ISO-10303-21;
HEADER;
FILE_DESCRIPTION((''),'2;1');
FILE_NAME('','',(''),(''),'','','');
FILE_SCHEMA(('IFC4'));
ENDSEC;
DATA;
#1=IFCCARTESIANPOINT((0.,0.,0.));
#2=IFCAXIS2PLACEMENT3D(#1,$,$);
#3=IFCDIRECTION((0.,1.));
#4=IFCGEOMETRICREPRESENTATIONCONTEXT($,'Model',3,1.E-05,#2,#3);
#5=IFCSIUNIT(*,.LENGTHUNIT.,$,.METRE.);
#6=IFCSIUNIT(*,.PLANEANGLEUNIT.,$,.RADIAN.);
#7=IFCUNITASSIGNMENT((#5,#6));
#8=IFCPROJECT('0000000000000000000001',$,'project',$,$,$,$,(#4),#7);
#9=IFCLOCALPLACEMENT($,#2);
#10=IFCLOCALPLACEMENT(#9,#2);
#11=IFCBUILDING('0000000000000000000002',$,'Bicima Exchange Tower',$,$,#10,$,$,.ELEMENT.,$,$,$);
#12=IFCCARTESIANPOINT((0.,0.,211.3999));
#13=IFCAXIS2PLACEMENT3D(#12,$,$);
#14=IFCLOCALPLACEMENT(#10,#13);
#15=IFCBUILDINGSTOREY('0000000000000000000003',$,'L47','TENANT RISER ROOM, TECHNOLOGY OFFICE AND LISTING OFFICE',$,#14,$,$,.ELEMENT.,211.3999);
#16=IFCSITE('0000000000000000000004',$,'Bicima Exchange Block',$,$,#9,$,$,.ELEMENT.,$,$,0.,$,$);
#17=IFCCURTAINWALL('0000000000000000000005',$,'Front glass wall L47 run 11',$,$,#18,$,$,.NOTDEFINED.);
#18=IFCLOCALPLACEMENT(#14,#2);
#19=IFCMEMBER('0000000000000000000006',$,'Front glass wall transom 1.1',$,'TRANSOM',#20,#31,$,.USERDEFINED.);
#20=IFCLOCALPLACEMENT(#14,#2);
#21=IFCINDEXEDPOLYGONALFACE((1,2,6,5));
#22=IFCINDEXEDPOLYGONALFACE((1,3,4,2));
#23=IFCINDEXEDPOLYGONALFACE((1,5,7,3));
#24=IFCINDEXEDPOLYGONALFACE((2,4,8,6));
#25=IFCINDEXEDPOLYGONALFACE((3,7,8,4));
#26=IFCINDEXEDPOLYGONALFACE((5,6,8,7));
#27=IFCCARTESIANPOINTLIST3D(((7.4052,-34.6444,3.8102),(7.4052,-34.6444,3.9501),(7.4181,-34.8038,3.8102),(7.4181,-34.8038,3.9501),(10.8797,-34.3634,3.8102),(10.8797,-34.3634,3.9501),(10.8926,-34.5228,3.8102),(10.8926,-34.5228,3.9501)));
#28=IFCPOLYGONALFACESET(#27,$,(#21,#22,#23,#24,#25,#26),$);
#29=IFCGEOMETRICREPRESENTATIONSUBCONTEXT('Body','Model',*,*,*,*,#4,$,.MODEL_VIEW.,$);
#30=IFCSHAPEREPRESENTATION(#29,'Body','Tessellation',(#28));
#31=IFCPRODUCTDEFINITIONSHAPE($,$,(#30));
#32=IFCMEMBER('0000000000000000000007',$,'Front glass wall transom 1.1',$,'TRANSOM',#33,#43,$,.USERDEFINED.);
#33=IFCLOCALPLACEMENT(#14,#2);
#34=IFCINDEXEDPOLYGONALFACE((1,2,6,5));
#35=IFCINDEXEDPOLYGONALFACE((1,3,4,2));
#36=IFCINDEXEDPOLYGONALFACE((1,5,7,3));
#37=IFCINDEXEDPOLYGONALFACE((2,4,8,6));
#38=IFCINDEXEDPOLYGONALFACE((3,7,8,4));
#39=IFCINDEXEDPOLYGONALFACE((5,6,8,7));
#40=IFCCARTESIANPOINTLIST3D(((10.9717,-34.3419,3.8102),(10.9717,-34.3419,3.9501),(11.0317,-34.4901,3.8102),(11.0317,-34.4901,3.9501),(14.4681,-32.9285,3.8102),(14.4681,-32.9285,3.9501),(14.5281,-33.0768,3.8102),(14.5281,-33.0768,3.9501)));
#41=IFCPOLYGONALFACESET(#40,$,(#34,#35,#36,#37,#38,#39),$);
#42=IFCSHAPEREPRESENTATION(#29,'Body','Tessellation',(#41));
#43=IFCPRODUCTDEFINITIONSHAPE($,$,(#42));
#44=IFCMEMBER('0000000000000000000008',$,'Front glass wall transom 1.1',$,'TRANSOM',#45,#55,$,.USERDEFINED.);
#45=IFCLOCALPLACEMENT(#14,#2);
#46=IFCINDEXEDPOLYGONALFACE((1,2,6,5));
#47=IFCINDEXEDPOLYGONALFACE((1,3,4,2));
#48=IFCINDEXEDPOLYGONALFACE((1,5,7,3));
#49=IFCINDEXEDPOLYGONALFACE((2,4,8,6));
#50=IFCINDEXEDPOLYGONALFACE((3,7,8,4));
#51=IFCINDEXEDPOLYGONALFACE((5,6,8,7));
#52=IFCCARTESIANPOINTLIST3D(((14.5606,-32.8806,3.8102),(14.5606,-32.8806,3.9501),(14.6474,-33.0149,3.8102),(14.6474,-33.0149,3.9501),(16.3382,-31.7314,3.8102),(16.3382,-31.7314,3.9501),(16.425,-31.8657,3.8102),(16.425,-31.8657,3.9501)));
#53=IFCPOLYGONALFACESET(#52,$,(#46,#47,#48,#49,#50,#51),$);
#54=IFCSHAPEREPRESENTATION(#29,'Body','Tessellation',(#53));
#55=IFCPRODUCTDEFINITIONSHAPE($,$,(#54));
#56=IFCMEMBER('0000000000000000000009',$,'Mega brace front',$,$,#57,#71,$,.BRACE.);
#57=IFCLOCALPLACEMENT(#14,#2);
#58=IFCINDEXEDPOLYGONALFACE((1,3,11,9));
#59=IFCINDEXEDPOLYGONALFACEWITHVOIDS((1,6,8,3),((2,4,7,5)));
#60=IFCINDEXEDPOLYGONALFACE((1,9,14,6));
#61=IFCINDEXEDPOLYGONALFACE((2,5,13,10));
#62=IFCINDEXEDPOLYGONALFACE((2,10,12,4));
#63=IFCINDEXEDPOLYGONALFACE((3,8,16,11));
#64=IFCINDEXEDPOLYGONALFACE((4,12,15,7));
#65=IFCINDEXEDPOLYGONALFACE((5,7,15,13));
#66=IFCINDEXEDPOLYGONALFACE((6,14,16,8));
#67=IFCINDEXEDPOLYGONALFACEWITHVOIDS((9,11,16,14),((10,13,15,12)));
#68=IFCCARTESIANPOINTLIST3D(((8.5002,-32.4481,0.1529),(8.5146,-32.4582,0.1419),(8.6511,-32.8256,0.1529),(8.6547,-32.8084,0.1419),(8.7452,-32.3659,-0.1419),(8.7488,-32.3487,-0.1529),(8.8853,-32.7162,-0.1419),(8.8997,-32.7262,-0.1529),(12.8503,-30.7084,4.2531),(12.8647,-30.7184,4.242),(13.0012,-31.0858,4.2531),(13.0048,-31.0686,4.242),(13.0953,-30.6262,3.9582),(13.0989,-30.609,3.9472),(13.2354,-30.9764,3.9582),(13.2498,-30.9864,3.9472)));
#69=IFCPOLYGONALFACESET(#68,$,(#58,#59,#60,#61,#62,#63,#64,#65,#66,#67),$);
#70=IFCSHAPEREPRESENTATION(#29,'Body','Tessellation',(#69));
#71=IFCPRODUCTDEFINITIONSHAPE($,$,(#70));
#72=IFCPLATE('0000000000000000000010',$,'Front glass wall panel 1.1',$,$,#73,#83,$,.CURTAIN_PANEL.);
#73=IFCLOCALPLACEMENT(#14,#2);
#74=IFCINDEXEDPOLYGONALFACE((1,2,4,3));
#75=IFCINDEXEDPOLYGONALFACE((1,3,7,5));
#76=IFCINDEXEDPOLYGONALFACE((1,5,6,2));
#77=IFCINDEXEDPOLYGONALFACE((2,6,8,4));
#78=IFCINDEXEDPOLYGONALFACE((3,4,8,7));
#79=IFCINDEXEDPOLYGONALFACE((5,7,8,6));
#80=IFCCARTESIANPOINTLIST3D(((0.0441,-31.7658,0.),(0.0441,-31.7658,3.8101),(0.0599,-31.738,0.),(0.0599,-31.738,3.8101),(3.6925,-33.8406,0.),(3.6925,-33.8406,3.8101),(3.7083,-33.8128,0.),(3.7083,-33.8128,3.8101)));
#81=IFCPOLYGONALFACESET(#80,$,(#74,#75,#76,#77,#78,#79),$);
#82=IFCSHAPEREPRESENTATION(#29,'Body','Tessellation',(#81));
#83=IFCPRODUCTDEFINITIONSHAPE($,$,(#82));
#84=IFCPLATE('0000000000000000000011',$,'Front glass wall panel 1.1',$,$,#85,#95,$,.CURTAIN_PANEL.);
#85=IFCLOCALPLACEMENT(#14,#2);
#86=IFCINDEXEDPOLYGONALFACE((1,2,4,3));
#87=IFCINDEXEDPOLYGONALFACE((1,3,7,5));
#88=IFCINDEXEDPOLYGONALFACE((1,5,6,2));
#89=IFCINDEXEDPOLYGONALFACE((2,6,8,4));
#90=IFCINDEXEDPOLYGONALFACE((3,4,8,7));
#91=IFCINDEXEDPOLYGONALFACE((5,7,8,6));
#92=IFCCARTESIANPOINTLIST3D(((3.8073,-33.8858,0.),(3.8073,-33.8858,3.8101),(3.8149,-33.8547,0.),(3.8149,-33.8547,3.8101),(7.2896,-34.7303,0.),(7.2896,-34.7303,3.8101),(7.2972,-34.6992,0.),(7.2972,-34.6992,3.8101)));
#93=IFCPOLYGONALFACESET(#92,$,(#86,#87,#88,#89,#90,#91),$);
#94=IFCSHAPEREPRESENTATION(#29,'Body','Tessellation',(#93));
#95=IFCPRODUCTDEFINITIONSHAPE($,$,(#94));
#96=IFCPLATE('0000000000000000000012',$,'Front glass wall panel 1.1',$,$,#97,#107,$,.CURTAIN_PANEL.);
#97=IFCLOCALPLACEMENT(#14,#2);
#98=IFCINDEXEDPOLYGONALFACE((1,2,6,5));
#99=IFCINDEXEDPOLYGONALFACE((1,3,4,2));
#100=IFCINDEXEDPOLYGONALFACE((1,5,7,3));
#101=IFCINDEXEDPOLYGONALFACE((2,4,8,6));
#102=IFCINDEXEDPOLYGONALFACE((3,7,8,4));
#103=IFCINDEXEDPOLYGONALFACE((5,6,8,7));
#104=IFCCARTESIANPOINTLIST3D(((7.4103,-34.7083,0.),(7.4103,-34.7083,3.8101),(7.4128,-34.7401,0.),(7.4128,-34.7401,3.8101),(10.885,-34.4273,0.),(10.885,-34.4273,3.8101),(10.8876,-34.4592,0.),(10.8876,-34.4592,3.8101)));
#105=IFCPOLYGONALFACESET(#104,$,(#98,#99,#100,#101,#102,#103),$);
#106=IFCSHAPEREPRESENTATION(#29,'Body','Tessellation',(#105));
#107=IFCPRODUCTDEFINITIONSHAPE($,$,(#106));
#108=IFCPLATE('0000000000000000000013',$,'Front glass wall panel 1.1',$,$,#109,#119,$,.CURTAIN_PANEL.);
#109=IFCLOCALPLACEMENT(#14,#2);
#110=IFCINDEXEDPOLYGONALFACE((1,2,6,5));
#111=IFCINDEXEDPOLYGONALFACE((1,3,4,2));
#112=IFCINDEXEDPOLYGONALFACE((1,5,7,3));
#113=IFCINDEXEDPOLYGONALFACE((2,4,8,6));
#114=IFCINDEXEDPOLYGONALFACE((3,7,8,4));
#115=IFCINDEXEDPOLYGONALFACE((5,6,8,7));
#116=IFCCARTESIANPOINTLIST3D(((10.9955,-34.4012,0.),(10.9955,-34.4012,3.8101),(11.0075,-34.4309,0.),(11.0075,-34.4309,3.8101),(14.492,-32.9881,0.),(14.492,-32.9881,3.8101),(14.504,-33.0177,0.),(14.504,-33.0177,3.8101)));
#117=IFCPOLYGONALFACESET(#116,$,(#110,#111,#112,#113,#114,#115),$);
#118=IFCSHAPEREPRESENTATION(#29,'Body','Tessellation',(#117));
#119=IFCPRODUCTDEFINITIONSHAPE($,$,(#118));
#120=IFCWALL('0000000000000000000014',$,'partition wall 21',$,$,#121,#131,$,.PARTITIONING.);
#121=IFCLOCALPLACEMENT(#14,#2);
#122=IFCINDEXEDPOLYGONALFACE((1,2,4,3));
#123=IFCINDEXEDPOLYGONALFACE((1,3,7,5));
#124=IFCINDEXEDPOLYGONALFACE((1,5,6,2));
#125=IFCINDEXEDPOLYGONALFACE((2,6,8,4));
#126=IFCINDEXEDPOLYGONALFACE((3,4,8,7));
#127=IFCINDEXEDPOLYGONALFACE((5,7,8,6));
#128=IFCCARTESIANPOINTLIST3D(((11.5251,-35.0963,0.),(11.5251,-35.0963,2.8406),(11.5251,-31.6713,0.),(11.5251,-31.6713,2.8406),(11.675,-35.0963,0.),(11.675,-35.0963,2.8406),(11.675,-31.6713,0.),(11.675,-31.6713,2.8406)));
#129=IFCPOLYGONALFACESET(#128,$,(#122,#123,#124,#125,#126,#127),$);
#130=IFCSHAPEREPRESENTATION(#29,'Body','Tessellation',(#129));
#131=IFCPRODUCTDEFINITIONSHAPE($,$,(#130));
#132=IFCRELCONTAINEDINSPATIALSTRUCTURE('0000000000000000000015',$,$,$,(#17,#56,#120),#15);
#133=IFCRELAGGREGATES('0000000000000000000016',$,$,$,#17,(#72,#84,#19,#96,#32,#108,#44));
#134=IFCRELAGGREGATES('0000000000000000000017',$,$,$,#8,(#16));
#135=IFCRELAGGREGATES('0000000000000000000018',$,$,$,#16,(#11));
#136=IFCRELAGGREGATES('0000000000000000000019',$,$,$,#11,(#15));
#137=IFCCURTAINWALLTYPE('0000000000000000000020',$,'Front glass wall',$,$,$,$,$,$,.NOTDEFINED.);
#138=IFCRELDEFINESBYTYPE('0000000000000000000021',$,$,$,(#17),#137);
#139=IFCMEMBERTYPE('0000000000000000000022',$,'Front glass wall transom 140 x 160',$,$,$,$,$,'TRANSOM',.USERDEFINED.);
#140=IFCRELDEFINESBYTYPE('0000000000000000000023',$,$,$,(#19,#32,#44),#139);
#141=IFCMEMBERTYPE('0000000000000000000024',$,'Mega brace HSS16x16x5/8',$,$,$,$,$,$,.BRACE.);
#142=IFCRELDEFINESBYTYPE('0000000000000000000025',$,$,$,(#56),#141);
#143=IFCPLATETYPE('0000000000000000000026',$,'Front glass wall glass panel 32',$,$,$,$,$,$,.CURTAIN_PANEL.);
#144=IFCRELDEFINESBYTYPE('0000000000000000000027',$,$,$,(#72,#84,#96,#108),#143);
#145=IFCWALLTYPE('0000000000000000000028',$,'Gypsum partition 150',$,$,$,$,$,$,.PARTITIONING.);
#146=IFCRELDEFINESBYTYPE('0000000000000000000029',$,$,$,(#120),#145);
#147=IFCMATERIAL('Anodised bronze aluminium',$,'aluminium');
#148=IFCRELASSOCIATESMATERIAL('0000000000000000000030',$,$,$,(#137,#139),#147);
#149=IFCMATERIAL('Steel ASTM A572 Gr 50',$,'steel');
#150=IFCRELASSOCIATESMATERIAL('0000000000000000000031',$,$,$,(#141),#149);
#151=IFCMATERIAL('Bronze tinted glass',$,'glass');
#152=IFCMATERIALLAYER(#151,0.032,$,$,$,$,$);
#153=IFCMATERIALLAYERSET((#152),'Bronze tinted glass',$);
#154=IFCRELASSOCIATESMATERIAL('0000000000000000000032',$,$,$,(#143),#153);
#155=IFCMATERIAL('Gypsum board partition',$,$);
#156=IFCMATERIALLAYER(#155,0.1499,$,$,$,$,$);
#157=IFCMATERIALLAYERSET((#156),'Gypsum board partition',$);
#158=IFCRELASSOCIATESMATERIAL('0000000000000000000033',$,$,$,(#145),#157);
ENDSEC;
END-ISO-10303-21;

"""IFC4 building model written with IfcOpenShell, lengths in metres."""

from ifc_helpers import new_model, si_unit, direction, frame, frame_2d, origin, origin_2d, place, context, subcontext, project, spatial, rectangle, hollow_rectangle, extrude, material, layer, layer_set, material_profile, profile_set, type_object, element, aggregate, save


model = new_model("IFC4")

# Units and contexts
model_context = context("Model", 3, precision=1e-05, world=origin(), true_north=direction((0.0, 1.0)))
body_context = subcontext(model_context, "Body", "Model", "MODEL_VIEW")
ifc_project = project(units=[si_unit("LENGTHUNIT", "METRE"), si_unit("PLANEANGLEUNIT", "RADIAN")], contexts=[model_context])

# Site, building, storey
site_placement = place(None, origin())
site = spatial("IfcSite", under=ifc_project, at=site_placement, Name="Bicima Exchange Block", CompositionType="ELEMENT", RefElevation=0.0)
building_placement = place(site_placement, origin())
building = spatial("IfcBuilding", under=site, at=building_placement, Name="Bicima Exchange Tower", CompositionType="ELEMENT")
storey_placement = place(building_placement, frame((0.0, 0.0, 211.3999)))
storey = spatial("IfcBuildingStorey", under=building, at=storey_placement, Name="L47", Description="TENANT RISER ROOM, TECHNOLOGY OFFICE AND LISTING OFFICE", CompositionType="ELEMENT", Elevation=211.3999)

# Shared definitions
ifc_material_1 = material(Name="Steel ASTM A572 Gr 50", Category="steel")

# Curtain wall, members
ifc_material_2 = material(Name="Anodised bronze aluminium", Category="aluminium")
curtain_wall_type = type_object("IfcCurtainWallType", Name="Front glass wall", PredefinedType="NOTDEFINED", material=ifc_material_2)
curtain_wall_placement = place(storey_placement, origin())
curtain_wall = element("IfcCurtainWall", 1, at=curtain_wall_placement, inside=storey, type_object=curtain_wall_type, Name="Front glass wall L47 run 11", PredefinedType="NOTDEFINED")
ifc_material_profile_1 = material_profile(ifc_material_2, rectangle(XDim=0.1599, YDim=0.1399, at=origin_2d()))
ifc_profile_set_1 = profile_set([ifc_material_profile_1], Name="Anodised bronze aluminium")
member_type_1 = type_object("IfcMemberType", Name="Front glass wall transom 140 x 160", ElementType="TRANSOM", PredefinedType="USERDEFINED", material=ifc_profile_set_1)
member_1_placement = place(storey_placement, frame((7.4116, -34.7241, 3.8801), z_axis=(0.996746, 0.080611, 0.0), x_axis=(-0.080611, 0.996746, 0.0)))
member_1 = element("IfcMember", 2, at=member_1_placement, type_object=member_type_1, Name="Front glass wall transom 1.1", ObjectType="TRANSOM", PredefinedType="USERDEFINED", context=body_context, shape_type="SweptSolid", body=[
    extrude(rectangle(XDim=0.1599, YDim=0.1399, at=origin_2d()), origin(), (0.0, 0.0, 1.0), 3.4858),
])
member_2_placement = place(storey_placement, frame((11.0017, -34.416, 3.8801), z_axis=(0.927118, 0.37477, 0.0), x_axis=(-0.37477, 0.927118, 0.0)))
member_2 = element("IfcMember", 3, at=member_2_placement, type_object=member_type_1, Name="Front glass wall transom 1.1", ObjectType="TRANSOM", PredefinedType="USERDEFINED", context=body_context, shape_type="SweptSolid", body=[
    extrude(rectangle(XDim=0.1599, YDim=0.1399, at=origin_2d()), origin(), (0.0, 0.0, 1.0), 3.7712),
])
member_3_placement = place(storey_placement, frame((14.604, -32.9478, 3.8801), z_axis=(0.839793, 0.542907, 0.0), x_axis=(-0.542907, 0.839793, 0.0)))
member_3 = element("IfcMember", 4, at=member_3_placement, type_object=member_type_1, Name="Front glass wall transom 1.1", ObjectType="TRANSOM", PredefinedType="USERDEFINED", context=body_context, shape_type="SweptSolid", body=[
    extrude(rectangle(XDim=0.1599, YDim=0.1399, at=origin_2d()), origin(), (0.0, 0.0, 1.0), 2.1167),
])

# Member
ifc_material_profile_2 = material_profile(ifc_material_1, hollow_rectangle(XDim=0.4065, YDim=0.4065, WallThickness=0.0146, at=origin_2d()))
ifc_profile_set_2 = profile_set([ifc_material_profile_2], Name="Steel ASTM A572 Gr 50")
member_type_2 = type_object("IfcMemberType", Name="Mega brace HSS16x16x5/8", PredefinedType="BRACE", material=ifc_profile_set_2)
member_4_placement = place(storey_placement, frame((8.7, -32.5872, 0.0), z_axis=(0.698719, 0.27944, 0.658563), x_axis=(-0.371337, 0.928498, 0.0)))
element("IfcMember", 5, at=member_4_placement, inside=storey, type_object=member_type_2, Name="Mega brace front", PredefinedType="BRACE", context=body_context, shape_type="SweptSolid", body=[
    extrude(hollow_rectangle(XDim=0.4065, YDim=0.4065, WallThickness=0.0146, at=origin_2d()), origin(), (0.0, 0.0, 1.0), 6.2258),
])

# Plates
ifc_material_3 = material(Name="Bronze tinted glass", Category="glass")
ifc_layer_1 = layer(ifc_material_3, 0.032)
ifc_layer_set_1 = layer_set([ifc_layer_1], Name="Bronze tinted glass")
plate_type = type_object("IfcPlateType", Name="Front glass wall glass panel 32", PredefinedType="CURTAIN_PANEL", material=ifc_layer_set_1)
plate_1_placement = place(storey_placement, frame((1.8762, -32.7893, 0.0), z_axis=(0.0, 0.0, 1.0), x_axis=(0.869274, -0.49433, 0.0)))
plate_1 = element("IfcPlate", 6, at=plate_1_placement, type_object=plate_type, Name="Front glass wall panel 1.1", PredefinedType="CURTAIN_PANEL", context=body_context, shape_type="SweptSolid", body=[
    extrude(rectangle(XDim=4.197, YDim=0.032, at=origin_2d()), origin(), (0.0, 0.0, 1.0), 3.8101),
])
plate_2_placement = place(storey_placement, frame((5.5522, -34.2925, 0.0), z_axis=(0.0, 0.0, 1.0), x_axis=(0.97183, -0.235682, 0.0)))
plate_2 = element("IfcPlate", 7, at=plate_2_placement, type_object=plate_type, Name="Front glass wall panel 1.1", PredefinedType="CURTAIN_PANEL", context=body_context, shape_type="SweptSolid", body=[
    extrude(rectangle(XDim=3.5833, YDim=0.032, at=origin_2d()), origin(), (0.0, 0.0, 1.0), 3.8101),
])
plate_3_placement = place(storey_placement, frame((9.1489, -34.5837, 0.0), z_axis=(0.0, 0.0, 1.0), x_axis=(0.996747, 0.080589, 0.0)))
plate_3 = element("IfcPlate", 8, at=plate_3_placement, type_object=plate_type, Name="Front glass wall panel 1.1", PredefinedType="CURTAIN_PANEL", context=body_context, shape_type="SweptSolid", body=[
    extrude(rectangle(XDim=3.4861, YDim=0.032, at=origin_2d()), origin(), (0.0, 0.0, 1.0), 3.8101),
])
plate_4_placement = place(storey_placement, frame((12.7498, -33.7095, 0.0), z_axis=(0.0, 0.0, 1.0), x_axis=(0.927144, 0.374705, 0.0)))
plate_4 = element("IfcPlate", 9, at=plate_4_placement, type_object=plate_type, Name="Front glass wall panel 1.1", PredefinedType="CURTAIN_PANEL", context=body_context, shape_type="SweptSolid", body=[
    extrude(rectangle(XDim=3.7712, YDim=0.032, at=origin_2d()), origin(), (0.0, 0.0, 1.0), 3.8101),
])
aggregate(curtain_wall, [plate_1, plate_2, member_1, plate_3, member_2, plate_4, member_3])

# Wall
ifc_material_4 = material(Name="Gypsum board partition")
ifc_layer_2 = layer(ifc_material_4, 0.1499)
ifc_layer_set_2 = layer_set([ifc_layer_2], Name="Gypsum board partition")
wall_type = type_object("IfcWallType", Name="Gypsum partition 150", PredefinedType="PARTITIONING", material=ifc_layer_set_2)
wall_placement = place(storey_placement, frame((11.6001, -35.0962, 0.0), z_axis=(0.0, 0.0, 1.0), x_axis=(0.0, 1.0, 0.0)))
element("IfcWall", 10, at=wall_placement, inside=storey, type_object=wall_type, Name="partition wall 21", PredefinedType="PARTITIONING", context=body_context, shape_type="SweptSolid", body=[
    extrude(rectangle(XDim=3.425, YDim=0.1499, at=frame_2d((1.7124, 0.0))), origin(), (0.0, 0.0, 1.0), 2.8406),
])

save(model, "model.ifc")
